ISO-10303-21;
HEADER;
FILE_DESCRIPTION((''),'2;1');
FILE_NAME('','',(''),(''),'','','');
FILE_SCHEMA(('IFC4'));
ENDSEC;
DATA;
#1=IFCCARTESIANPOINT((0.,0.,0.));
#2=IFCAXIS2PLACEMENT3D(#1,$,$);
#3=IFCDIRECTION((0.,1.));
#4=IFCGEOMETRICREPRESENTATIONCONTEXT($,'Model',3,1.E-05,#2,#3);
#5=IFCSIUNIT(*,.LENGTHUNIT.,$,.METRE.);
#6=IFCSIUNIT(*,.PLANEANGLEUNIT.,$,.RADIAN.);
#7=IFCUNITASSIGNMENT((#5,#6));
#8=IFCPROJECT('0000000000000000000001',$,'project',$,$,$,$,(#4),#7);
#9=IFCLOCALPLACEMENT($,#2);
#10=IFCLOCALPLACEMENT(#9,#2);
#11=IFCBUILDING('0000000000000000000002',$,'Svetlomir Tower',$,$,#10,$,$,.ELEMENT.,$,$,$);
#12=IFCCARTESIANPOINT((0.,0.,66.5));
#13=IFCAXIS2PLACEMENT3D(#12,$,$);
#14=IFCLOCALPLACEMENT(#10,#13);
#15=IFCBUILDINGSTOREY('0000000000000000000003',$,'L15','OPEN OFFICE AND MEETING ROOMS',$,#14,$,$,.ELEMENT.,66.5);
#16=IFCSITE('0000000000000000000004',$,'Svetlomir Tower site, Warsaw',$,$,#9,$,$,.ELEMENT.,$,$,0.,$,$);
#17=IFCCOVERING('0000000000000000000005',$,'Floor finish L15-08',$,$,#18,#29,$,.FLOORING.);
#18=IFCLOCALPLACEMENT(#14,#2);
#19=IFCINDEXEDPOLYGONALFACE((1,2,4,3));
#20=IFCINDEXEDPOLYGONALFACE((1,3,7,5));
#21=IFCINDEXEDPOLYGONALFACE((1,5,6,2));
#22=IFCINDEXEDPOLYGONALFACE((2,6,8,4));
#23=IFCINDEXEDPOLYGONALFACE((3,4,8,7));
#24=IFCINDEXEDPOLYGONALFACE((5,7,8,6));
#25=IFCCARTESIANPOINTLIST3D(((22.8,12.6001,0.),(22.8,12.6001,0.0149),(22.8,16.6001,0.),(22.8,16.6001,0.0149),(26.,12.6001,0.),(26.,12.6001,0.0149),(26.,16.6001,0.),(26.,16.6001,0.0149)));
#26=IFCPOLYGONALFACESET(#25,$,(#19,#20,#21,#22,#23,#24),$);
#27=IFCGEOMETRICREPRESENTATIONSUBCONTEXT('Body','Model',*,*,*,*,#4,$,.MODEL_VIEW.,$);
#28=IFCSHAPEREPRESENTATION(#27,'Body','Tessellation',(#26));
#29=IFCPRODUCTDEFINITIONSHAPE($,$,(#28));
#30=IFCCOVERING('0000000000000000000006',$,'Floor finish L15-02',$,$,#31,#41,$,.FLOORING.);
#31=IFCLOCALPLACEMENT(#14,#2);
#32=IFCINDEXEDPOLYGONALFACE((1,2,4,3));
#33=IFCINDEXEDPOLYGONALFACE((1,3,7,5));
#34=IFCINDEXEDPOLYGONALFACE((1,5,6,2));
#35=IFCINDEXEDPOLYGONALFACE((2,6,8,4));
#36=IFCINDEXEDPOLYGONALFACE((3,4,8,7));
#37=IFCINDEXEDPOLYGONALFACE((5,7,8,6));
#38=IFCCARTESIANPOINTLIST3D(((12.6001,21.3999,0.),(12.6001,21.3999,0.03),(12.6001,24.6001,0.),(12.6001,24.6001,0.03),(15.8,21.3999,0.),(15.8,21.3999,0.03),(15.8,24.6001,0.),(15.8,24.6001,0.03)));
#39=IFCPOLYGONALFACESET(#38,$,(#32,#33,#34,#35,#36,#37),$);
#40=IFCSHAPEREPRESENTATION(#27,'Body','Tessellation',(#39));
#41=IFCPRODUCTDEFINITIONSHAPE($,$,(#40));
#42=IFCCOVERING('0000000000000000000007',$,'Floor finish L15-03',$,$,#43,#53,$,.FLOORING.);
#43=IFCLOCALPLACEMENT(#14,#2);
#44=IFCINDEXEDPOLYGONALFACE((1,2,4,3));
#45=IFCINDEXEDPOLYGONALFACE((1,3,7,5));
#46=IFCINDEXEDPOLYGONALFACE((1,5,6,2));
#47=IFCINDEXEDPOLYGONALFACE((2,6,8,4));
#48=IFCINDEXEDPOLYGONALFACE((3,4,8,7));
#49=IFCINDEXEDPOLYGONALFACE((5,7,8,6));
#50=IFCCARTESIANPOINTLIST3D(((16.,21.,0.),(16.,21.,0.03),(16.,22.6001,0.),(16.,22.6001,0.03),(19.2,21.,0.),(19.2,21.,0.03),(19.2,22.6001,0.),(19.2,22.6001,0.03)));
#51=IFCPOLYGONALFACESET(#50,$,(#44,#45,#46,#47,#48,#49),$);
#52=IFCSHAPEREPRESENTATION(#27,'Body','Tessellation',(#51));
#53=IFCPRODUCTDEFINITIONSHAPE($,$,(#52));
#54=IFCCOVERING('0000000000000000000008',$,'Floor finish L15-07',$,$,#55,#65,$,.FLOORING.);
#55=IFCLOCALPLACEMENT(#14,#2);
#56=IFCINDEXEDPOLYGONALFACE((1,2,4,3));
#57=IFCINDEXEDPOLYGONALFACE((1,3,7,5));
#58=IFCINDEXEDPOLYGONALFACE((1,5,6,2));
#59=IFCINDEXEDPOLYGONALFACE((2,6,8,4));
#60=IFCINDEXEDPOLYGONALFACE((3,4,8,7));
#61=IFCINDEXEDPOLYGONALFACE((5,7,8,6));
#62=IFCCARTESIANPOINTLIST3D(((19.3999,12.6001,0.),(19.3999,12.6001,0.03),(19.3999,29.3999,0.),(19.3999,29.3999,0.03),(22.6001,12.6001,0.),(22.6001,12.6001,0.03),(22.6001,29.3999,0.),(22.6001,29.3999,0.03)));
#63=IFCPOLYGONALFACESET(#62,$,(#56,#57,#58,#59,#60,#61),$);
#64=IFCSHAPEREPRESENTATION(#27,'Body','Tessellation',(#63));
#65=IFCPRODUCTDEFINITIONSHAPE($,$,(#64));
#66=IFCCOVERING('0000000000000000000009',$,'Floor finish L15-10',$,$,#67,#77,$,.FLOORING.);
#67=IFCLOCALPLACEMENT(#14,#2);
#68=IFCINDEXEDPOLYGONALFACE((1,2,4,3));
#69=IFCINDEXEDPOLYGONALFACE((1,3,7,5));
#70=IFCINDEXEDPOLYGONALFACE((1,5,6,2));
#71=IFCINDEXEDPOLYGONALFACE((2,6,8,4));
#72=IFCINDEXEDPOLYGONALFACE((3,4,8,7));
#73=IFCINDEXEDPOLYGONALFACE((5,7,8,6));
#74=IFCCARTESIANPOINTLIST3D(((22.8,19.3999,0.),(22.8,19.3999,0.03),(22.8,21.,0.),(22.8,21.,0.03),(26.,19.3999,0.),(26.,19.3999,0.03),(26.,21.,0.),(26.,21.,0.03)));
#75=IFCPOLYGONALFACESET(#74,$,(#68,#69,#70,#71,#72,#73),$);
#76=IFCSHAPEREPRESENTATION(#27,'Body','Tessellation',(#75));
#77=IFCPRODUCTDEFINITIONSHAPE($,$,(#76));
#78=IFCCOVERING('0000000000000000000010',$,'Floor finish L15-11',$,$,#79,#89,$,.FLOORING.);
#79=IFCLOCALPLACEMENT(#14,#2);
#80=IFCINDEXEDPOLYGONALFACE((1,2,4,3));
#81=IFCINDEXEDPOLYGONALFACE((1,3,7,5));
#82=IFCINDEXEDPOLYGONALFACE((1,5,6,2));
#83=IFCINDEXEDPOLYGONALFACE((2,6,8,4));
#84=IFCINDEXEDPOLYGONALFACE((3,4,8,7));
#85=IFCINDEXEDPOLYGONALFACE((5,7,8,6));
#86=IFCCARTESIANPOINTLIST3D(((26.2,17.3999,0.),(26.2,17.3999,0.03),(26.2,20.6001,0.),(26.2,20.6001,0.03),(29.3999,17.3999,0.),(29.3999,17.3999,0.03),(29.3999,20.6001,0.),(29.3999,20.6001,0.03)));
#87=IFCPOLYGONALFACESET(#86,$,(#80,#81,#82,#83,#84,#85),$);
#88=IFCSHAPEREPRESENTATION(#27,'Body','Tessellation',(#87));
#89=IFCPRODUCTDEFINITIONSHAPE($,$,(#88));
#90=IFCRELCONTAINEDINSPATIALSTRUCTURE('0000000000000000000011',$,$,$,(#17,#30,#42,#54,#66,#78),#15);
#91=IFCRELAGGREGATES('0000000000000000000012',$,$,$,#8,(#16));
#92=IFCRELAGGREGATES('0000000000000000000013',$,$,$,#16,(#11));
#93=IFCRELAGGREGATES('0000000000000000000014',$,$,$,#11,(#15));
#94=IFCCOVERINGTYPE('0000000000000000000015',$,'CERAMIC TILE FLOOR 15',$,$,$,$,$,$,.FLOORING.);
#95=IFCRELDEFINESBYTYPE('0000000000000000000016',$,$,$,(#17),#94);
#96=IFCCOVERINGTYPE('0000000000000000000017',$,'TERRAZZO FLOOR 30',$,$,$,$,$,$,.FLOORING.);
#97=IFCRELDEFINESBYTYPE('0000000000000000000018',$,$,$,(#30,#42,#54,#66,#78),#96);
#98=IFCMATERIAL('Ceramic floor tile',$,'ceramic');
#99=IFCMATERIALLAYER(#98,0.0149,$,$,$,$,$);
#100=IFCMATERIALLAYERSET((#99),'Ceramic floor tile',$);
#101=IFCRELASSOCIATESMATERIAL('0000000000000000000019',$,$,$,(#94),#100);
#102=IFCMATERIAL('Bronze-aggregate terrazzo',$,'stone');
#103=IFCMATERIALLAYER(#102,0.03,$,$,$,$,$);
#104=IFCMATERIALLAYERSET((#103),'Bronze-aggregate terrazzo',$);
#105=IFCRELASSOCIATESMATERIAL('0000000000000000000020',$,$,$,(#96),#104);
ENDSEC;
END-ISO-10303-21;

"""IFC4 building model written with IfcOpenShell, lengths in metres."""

from ifc_helpers import new_model, si_unit, direction, frame, origin, place, context, subcontext, project, spatial, polyline, outline, extrude, material, layer, layer_set, type_object, element, save


model = new_model("IFC4")

# Units and contexts
model_context = context("Model", 3, precision=1e-05, world=origin(), true_north=direction((0.0, 1.0)))
body_context = subcontext(model_context, "Body", "Model", "MODEL_VIEW")
ifc_project = project(units=[si_unit("LENGTHUNIT", "METRE"), si_unit("PLANEANGLEUNIT", "RADIAN")], contexts=[model_context])

# Site, building, storey
site_placement = place(None, origin())
site = spatial("IfcSite", under=ifc_project, at=site_placement, Name="Svetlomir Tower site, Warsaw", CompositionType="ELEMENT", RefElevation=0.0)
building_placement = place(site_placement, origin())
building = spatial("IfcBuilding", under=site, at=building_placement, Name="Svetlomir Tower", CompositionType="ELEMENT")
storey_placement = place(building_placement, frame((0.0, 0.0, 66.5)))
storey = spatial("IfcBuildingStorey", under=building, at=storey_placement, Name="L15", Description="OPEN OFFICE AND MEETING ROOMS", CompositionType="ELEMENT", Elevation=66.5)

# Coverings
ifc_material_1 = material(Name="Ceramic floor tile", Category="ceramic")
ifc_layer_1 = layer(ifc_material_1, 0.0149)
ifc_layer_set_1 = layer_set([ifc_layer_1], Name="Ceramic floor tile")
covering_type_1 = type_object("IfcCoveringType", Name="CERAMIC TILE FLOOR 15", PredefinedType="FLOORING", material=ifc_layer_set_1)
covering_1_placement = place(storey_placement, origin())
element("IfcCovering", 1, at=covering_1_placement, inside=storey, type_object=covering_type_1, Name="Floor finish L15-08", PredefinedType="FLOORING", context=body_context, shape_type="SweptSolid", body=[
    extrude(outline(polyline([(22.8, 12.6001), (26.0, 12.6001), (26.0, 16.6001), (22.8, 16.6001), (22.8, 12.6001)])), origin(), (0.0, 0.0, 1.0), 0.0149),
])
ifc_material_2 = material(Name="Bronze-aggregate terrazzo", Category="stone")
ifc_layer_2 = layer(ifc_material_2, 0.03)
ifc_layer_set_2 = layer_set([ifc_layer_2], Name="Bronze-aggregate terrazzo")
covering_type_2 = type_object("IfcCoveringType", Name="TERRAZZO FLOOR 30", PredefinedType="FLOORING", material=ifc_layer_set_2)
covering_2_placement = place(storey_placement, origin())
element("IfcCovering", 2, at=covering_2_placement, inside=storey, type_object=covering_type_2, Name="Floor finish L15-02", PredefinedType="FLOORING", context=body_context, shape_type="SweptSolid", body=[
    extrude(outline(polyline([(12.6001, 21.3999), (15.8, 21.3999), (15.8, 24.6001), (12.6001, 24.6001), (12.6001, 21.3999)])), origin(), (0.0, 0.0, 1.0), 0.03),
])
covering_3_placement = place(storey_placement, origin())
element("IfcCovering", 3, at=covering_3_placement, inside=storey, type_object=covering_type_2, Name="Floor finish L15-03", PredefinedType="FLOORING", context=body_context, shape_type="SweptSolid", body=[
    extrude(outline(polyline([(16.0, 21.0), (19.2, 21.0), (19.2, 22.6001), (16.0, 22.6001), (16.0, 21.0)])), origin(), (0.0, 0.0, 1.0), 0.03),
])
covering_4_placement = place(storey_placement, origin())
element("IfcCovering", 4, at=covering_4_placement, inside=storey, type_object=covering_type_2, Name="Floor finish L15-07", PredefinedType="FLOORING", context=body_context, shape_type="SweptSolid", body=[
    extrude(outline(polyline([(19.3999, 12.6001), (22.6001, 12.6001), (22.6001, 29.3999), (19.3999, 29.3999), (19.3999, 12.6001)])), origin(), (0.0, 0.0, 1.0), 0.03),
])
covering_5_placement = place(storey_placement, origin())
element("IfcCovering", 5, at=covering_5_placement, inside=storey, type_object=covering_type_2, Name="Floor finish L15-10", PredefinedType="FLOORING", context=body_context, shape_type="SweptSolid", body=[
    extrude(outline(polyline([(22.8, 19.3999), (26.0, 19.3999), (26.0, 21.0), (22.8, 21.0), (22.8, 19.3999)])), origin(), (0.0, 0.0, 1.0), 0.03),
])
covering_6_placement = place(storey_placement, origin())
element("IfcCovering", 6, at=covering_6_placement, inside=storey, type_object=covering_type_2, Name="Floor finish L15-11", PredefinedType="FLOORING", context=body_context, shape_type="SweptSolid", body=[
    extrude(outline(polyline([(26.2, 17.3999), (29.3999, 17.3999), (29.3999, 20.6001), (26.2, 20.6001), (26.2, 17.3999)])), origin(), (0.0, 0.0, 1.0), 0.03),
])

save(model, "model.ifc")
